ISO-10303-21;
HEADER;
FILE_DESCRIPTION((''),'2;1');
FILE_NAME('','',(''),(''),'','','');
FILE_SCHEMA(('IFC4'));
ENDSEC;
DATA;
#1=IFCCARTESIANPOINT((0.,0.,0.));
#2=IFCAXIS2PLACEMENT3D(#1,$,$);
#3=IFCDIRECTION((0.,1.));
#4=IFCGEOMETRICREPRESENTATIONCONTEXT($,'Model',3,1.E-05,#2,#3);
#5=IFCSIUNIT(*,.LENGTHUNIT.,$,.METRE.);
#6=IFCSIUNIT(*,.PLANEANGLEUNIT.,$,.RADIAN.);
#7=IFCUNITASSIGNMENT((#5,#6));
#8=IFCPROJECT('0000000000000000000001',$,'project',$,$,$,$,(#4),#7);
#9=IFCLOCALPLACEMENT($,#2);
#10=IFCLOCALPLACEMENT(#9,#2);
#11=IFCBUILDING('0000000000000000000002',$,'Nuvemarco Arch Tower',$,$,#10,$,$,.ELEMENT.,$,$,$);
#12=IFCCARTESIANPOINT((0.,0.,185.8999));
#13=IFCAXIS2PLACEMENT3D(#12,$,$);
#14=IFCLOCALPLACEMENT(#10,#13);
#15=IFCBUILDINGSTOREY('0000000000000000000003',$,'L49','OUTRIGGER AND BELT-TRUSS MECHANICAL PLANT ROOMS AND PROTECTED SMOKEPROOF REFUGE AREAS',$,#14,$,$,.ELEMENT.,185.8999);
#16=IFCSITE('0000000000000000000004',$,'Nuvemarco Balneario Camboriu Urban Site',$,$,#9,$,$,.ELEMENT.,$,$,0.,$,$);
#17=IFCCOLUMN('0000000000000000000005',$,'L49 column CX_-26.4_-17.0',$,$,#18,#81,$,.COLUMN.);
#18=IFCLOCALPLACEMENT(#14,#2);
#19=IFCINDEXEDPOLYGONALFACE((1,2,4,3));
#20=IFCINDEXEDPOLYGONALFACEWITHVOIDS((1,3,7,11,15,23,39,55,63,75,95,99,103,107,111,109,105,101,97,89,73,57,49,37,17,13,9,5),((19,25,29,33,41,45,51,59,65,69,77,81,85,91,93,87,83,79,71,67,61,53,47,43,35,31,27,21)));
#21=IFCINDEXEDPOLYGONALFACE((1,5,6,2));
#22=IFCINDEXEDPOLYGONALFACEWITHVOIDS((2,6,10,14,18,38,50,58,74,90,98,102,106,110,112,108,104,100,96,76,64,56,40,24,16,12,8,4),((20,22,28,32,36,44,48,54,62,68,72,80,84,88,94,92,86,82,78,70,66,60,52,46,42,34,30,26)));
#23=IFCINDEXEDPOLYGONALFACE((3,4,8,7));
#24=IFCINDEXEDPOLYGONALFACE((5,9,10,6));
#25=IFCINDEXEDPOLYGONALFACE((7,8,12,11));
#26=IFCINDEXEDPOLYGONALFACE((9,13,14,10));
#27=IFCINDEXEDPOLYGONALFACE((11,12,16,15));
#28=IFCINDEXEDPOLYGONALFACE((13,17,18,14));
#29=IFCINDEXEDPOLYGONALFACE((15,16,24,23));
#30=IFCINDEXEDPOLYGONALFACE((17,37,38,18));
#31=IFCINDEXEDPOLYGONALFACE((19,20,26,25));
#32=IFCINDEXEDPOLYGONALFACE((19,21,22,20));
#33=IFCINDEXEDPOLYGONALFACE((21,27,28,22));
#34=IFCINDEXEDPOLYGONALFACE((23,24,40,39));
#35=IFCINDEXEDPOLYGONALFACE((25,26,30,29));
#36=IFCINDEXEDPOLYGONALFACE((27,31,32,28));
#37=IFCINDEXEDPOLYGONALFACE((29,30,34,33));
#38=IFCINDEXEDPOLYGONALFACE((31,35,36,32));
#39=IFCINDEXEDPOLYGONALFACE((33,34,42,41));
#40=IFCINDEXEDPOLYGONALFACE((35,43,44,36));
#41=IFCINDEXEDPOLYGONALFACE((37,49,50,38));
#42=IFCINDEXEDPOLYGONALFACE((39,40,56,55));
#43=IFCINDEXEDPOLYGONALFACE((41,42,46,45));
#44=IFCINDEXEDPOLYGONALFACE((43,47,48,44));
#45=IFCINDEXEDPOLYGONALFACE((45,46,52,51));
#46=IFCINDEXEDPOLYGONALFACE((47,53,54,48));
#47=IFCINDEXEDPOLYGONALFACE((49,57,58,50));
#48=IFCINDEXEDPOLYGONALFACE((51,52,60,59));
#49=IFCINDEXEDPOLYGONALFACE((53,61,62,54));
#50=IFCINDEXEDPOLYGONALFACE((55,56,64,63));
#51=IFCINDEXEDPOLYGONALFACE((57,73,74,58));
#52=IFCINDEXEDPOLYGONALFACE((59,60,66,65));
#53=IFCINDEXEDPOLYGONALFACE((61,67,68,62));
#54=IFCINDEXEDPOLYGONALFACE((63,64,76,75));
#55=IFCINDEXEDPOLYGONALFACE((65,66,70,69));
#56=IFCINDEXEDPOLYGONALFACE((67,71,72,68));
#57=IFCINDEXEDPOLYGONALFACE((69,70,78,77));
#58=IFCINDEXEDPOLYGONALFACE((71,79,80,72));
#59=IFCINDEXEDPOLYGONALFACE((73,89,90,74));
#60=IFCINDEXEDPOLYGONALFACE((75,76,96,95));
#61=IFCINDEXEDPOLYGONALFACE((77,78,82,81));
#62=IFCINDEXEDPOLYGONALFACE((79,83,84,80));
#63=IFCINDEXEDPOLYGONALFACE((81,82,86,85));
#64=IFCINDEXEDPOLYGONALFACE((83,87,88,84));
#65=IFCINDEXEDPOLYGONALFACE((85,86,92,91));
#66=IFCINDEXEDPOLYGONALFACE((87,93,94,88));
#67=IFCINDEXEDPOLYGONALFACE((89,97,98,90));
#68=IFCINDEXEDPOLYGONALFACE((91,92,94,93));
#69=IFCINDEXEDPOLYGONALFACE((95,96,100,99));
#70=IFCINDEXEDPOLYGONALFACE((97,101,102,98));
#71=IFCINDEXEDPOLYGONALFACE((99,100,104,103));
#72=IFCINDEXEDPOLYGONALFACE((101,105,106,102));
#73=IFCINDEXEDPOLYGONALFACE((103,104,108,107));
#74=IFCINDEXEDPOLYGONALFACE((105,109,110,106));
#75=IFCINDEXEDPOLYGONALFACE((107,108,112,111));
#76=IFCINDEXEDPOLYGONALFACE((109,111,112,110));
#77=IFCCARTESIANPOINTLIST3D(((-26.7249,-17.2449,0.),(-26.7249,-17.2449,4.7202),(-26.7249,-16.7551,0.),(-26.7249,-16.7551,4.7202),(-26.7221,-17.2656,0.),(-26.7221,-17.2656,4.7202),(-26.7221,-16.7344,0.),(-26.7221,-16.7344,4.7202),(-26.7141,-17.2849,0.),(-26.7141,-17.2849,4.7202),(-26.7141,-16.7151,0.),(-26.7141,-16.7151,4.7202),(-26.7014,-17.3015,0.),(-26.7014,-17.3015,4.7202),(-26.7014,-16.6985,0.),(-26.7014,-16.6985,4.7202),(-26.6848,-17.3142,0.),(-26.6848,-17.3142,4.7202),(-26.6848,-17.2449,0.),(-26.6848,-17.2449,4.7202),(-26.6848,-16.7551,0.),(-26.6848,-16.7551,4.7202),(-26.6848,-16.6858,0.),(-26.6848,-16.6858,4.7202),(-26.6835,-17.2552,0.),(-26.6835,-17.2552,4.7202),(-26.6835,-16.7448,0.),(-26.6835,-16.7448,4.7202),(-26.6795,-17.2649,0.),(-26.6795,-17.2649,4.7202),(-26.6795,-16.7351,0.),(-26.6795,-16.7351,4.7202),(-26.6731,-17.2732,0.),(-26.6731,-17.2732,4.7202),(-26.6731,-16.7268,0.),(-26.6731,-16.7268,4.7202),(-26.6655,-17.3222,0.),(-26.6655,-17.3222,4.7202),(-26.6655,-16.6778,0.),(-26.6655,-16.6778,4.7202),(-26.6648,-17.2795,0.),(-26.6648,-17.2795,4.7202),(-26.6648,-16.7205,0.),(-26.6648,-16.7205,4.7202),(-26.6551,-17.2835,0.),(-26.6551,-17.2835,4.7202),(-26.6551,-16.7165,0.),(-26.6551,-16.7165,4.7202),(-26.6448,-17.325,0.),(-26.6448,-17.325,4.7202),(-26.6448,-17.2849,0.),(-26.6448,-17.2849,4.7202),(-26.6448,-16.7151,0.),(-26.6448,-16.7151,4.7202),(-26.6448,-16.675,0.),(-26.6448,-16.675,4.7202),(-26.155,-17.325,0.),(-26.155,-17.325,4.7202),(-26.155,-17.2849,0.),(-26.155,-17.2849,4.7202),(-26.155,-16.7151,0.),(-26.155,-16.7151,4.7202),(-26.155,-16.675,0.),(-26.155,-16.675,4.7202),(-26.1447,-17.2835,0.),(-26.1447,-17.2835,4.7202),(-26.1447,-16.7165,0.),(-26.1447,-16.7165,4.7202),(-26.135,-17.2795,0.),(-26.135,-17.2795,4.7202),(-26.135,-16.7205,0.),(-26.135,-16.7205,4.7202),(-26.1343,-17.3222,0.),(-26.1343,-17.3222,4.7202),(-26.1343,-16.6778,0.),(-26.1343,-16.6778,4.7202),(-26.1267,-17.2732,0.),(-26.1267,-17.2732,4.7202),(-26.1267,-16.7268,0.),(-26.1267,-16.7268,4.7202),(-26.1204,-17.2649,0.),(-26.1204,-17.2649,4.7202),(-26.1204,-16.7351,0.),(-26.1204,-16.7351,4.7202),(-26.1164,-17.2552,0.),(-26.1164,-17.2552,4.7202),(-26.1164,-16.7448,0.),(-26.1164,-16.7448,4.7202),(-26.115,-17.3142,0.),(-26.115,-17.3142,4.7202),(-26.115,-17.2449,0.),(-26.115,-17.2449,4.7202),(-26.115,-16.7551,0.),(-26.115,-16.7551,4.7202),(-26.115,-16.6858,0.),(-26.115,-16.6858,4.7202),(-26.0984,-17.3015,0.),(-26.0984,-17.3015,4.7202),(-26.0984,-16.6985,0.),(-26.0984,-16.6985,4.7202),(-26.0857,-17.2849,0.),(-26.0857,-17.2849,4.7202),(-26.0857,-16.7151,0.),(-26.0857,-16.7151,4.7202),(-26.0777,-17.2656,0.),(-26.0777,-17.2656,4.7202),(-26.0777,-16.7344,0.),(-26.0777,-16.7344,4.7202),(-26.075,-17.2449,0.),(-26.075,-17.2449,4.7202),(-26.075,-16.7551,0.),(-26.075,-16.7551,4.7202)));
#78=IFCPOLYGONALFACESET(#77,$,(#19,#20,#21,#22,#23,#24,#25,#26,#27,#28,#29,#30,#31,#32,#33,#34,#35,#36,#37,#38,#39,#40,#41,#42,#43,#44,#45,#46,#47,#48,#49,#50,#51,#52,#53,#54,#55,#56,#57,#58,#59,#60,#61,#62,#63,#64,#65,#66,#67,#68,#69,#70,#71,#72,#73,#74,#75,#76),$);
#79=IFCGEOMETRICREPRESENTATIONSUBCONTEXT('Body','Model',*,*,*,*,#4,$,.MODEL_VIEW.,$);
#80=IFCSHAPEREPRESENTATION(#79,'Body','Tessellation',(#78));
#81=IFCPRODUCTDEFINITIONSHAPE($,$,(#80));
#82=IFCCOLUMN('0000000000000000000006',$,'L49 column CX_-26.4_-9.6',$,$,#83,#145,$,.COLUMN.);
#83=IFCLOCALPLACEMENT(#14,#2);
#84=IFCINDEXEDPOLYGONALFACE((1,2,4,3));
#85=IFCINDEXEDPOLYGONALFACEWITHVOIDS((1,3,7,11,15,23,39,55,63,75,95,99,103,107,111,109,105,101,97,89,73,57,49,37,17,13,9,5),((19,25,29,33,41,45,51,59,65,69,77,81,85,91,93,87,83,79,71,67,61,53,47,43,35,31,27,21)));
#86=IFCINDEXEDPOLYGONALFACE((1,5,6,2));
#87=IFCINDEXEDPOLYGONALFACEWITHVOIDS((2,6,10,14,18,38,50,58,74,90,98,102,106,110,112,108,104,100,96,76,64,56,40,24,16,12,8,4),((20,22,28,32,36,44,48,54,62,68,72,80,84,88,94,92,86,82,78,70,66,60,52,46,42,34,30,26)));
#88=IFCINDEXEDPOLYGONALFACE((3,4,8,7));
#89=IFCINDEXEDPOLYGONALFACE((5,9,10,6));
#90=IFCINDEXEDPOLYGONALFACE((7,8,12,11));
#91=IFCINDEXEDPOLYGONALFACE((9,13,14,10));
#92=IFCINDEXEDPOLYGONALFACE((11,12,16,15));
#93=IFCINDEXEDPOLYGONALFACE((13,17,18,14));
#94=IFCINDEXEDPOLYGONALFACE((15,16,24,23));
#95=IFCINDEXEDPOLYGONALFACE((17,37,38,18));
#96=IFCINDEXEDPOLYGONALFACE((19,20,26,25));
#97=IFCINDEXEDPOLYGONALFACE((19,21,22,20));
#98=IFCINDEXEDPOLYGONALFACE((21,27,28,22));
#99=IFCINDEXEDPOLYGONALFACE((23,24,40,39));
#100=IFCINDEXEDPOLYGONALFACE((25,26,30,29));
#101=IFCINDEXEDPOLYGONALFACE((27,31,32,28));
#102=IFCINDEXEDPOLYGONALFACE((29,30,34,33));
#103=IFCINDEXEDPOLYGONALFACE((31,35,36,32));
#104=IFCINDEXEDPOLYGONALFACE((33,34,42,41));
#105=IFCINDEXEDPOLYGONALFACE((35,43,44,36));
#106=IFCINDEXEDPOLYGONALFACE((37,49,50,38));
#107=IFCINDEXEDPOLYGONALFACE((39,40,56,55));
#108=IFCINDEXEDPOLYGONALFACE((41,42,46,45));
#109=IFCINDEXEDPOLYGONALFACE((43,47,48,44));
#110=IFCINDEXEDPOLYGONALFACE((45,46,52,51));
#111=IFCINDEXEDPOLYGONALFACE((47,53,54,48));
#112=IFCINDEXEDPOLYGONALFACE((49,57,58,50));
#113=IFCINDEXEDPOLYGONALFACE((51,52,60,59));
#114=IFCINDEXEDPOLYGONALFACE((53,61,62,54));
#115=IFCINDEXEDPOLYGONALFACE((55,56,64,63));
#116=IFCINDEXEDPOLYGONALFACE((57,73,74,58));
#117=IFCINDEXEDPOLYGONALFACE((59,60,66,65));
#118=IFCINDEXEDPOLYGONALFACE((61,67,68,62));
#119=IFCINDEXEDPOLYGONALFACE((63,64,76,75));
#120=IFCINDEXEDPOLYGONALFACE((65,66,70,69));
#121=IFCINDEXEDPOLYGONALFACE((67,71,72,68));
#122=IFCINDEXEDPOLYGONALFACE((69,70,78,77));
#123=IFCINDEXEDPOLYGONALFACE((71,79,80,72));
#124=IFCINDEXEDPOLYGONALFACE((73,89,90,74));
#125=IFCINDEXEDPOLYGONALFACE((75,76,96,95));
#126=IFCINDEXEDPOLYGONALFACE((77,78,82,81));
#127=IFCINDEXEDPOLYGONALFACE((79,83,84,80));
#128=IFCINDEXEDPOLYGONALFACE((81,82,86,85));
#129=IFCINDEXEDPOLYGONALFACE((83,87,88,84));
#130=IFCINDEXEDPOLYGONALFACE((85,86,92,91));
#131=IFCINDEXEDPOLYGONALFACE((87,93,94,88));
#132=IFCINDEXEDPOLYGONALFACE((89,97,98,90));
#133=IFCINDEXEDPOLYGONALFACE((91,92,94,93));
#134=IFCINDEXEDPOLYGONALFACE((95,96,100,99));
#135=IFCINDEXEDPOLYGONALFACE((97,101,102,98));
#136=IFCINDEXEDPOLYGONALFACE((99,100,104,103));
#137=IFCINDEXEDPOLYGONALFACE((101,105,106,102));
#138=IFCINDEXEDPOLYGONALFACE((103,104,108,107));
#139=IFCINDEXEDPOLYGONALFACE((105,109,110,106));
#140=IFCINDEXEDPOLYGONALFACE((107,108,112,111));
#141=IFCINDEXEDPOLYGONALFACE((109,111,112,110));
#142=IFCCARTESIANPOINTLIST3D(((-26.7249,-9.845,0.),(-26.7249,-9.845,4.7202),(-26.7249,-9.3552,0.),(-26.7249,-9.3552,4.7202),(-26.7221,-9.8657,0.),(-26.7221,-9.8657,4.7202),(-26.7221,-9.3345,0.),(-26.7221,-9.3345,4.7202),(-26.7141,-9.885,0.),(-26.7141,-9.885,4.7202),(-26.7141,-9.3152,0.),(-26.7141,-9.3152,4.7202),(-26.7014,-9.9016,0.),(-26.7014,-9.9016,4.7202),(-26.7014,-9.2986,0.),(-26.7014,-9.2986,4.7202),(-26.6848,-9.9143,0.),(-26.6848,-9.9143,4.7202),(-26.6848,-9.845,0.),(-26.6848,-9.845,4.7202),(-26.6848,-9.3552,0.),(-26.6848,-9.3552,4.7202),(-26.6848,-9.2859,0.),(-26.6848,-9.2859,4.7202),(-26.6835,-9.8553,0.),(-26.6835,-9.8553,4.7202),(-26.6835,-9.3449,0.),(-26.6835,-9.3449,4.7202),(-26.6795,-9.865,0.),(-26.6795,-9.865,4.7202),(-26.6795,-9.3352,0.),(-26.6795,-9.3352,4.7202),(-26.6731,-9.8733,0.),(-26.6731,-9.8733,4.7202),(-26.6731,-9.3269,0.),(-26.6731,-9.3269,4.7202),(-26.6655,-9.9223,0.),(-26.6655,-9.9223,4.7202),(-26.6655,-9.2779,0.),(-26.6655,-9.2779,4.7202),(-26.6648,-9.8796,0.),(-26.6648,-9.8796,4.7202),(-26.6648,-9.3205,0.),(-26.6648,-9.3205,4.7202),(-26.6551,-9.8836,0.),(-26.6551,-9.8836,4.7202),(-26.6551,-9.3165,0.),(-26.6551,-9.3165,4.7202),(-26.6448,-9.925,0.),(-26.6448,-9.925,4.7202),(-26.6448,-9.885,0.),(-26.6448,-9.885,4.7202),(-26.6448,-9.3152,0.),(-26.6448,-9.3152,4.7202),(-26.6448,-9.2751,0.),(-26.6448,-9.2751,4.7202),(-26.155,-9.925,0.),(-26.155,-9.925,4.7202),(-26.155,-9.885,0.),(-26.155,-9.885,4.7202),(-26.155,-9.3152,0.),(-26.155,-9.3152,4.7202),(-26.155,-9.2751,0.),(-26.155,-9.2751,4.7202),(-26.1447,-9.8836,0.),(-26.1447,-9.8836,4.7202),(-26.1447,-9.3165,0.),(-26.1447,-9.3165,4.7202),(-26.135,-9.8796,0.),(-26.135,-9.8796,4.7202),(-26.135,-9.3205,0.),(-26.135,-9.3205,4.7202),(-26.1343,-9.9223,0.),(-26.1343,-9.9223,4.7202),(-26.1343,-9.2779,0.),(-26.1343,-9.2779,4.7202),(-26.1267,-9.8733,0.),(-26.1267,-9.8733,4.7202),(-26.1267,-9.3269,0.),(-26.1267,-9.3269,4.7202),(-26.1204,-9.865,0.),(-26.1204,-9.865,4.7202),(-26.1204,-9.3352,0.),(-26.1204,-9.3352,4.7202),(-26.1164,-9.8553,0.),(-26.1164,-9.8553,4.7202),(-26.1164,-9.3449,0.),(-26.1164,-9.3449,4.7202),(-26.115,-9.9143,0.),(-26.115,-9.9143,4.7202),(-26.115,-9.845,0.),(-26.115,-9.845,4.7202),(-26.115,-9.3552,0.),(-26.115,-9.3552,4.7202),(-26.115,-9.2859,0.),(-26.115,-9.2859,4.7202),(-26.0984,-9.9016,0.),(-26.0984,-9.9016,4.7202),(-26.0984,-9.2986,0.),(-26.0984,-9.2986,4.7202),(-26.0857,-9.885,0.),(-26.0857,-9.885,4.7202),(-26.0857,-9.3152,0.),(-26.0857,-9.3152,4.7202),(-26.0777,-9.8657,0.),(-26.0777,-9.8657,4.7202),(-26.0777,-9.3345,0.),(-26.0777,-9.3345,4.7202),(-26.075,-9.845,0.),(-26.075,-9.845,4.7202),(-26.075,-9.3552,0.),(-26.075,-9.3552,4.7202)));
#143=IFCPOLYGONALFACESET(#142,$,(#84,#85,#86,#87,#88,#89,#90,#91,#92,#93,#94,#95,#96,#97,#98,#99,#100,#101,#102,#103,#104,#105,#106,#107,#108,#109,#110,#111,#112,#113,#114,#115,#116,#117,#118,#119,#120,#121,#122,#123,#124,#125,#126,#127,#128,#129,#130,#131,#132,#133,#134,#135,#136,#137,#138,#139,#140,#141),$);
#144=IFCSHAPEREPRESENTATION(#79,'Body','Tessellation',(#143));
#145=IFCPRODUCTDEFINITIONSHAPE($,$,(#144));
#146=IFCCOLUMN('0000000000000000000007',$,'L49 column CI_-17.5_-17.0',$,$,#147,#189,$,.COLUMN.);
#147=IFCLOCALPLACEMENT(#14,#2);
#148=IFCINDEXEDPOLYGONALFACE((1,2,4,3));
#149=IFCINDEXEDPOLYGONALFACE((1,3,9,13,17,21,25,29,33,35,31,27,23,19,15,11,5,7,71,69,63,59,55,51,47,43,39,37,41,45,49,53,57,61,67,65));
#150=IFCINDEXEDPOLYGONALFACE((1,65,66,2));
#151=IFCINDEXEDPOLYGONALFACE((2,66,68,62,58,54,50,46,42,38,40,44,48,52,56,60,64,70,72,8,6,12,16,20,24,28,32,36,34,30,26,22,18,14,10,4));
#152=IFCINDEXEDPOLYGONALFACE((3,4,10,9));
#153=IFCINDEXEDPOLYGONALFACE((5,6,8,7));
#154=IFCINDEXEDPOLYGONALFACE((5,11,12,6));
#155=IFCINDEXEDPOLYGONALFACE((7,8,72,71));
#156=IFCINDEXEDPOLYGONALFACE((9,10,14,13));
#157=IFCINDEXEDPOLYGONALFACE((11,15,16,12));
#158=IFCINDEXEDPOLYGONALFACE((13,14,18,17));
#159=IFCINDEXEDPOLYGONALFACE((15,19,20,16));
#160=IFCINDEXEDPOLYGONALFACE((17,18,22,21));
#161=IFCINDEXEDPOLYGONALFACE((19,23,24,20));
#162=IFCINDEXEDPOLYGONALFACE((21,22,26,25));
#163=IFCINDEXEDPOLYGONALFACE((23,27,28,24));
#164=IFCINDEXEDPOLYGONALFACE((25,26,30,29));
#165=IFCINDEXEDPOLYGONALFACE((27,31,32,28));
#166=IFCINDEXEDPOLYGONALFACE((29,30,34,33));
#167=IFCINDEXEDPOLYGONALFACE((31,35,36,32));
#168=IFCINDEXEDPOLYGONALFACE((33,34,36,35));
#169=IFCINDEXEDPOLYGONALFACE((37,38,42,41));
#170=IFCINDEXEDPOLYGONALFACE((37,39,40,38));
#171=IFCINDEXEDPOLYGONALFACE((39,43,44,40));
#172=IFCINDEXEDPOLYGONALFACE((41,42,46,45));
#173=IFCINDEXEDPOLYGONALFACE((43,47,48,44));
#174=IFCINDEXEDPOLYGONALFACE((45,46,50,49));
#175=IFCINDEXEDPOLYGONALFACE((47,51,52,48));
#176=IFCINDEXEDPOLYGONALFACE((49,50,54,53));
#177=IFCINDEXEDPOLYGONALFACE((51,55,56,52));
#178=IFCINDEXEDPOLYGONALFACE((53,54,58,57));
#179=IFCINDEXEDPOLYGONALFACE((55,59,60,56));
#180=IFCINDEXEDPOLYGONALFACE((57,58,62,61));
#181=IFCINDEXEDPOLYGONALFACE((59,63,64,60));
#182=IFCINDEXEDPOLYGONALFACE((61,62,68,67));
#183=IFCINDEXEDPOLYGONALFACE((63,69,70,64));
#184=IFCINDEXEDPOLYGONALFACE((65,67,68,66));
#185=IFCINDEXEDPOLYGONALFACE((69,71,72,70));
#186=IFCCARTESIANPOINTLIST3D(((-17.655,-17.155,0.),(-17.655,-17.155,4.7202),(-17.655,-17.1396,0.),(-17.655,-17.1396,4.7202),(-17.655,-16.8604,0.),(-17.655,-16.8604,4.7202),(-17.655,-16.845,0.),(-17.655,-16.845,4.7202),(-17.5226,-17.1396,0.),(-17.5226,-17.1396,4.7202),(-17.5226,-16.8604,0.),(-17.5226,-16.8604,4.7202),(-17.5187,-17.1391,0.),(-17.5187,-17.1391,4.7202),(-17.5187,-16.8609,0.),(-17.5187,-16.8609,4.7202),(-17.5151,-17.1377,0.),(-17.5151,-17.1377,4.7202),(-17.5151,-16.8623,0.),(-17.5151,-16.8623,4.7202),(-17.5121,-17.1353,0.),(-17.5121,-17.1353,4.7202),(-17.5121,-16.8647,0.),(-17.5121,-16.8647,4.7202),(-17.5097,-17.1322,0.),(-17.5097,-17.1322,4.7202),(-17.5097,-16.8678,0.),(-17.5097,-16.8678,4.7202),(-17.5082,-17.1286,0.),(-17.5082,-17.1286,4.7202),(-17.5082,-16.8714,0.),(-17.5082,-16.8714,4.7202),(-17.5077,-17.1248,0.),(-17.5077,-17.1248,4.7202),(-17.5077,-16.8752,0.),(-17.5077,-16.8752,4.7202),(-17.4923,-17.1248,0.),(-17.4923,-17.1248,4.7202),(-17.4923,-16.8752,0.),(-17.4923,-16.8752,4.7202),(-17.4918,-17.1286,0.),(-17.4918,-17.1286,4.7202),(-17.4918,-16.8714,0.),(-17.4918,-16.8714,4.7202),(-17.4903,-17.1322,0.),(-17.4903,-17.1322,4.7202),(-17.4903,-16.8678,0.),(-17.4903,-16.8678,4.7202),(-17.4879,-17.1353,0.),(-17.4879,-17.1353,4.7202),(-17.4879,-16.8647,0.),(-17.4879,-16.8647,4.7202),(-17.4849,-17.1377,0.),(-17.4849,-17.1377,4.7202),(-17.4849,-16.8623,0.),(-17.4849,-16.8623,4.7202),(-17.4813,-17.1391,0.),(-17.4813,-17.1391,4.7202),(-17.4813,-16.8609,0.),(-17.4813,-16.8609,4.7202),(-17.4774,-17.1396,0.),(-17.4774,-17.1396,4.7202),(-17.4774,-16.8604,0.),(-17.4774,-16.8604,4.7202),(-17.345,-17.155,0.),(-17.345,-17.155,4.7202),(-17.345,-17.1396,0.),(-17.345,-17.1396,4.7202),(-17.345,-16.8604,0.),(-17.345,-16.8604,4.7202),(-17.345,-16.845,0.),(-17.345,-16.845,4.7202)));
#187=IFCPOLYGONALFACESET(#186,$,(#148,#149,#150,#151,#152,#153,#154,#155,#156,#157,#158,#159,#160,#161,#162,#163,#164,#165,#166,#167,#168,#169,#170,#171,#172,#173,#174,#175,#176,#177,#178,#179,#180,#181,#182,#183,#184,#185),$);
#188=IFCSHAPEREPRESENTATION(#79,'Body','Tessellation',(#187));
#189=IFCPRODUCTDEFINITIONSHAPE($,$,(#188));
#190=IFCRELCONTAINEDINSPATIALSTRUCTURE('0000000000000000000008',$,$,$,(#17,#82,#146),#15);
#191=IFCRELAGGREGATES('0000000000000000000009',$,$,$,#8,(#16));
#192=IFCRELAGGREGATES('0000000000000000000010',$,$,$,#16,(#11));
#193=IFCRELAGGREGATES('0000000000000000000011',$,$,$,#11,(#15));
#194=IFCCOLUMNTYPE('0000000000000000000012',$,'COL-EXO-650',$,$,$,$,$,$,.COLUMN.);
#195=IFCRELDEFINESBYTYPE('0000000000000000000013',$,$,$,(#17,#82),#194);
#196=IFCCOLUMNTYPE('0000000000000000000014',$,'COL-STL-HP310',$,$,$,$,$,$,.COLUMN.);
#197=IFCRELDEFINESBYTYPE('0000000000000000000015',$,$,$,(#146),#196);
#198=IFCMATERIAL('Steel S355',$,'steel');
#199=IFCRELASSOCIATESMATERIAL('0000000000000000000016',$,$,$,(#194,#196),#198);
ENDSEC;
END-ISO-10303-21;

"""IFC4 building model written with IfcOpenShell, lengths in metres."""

from ifc_helpers import new_model, si_unit, direction, frame, origin, origin_2d, place, context, subcontext, project, spatial, hollow_rectangle, i_section, extrude, material, material_profile, profile_set, type_object, element, save


model = new_model("IFC4")

# Units and contexts
model_context = context("Model", 3, precision=1e-05, world=origin(), true_north=direction((0.0, 1.0)))
body_context = subcontext(model_context, "Body", "Model", "MODEL_VIEW")
ifc_project = project(units=[si_unit("LENGTHUNIT", "METRE"), si_unit("PLANEANGLEUNIT", "RADIAN")], contexts=[model_context])

# Site, building, storey
site_placement = place(None, origin())
site = spatial("IfcSite", under=ifc_project, at=site_placement, Name="Nuvemarco Balneario Camboriu Urban Site", CompositionType="ELEMENT", RefElevation=0.0)
building_placement = place(site_placement, origin())
building = spatial("IfcBuilding", under=site, at=building_placement, Name="Nuvemarco Arch Tower", CompositionType="ELEMENT")
storey_placement = place(building_placement, frame((0.0, 0.0, 185.8999)))
storey = spatial("IfcBuildingStorey", under=building, at=storey_placement, Name="L49", Description="OUTRIGGER AND BELT-TRUSS MECHANICAL PLANT ROOMS AND PROTECTED SMOKEPROOF REFUGE AREAS", CompositionType="ELEMENT", Elevation=185.8999)

# Columns
ifc_material_1 = material(Name="Steel S355", Category="steel")
ifc_material_profile_1 = material_profile(ifc_material_1, hollow_rectangle(XDim=0.6499, YDim=0.6499, WallThickness=0.04, InnerFilletRadius=0.04, OuterFilletRadius=0.0801, at=origin_2d()), Name="SHS650x650x40")
ifc_profile_set_1 = profile_set([ifc_material_profile_1], Name="Steel S355")
column_type_1 = type_object("IfcColumnType", Name="COL-EXO-650", PredefinedType="COLUMN", material=ifc_profile_set_1)
for number, where, z_axis, x_axis, name in (
    (1, (-26.3999, -17.0, 0.0), (0.0, 0.0, 1.0), (1.0, 0.0, 0.0), "L49 column CX_-26.4_-17.0"),
    (2, (-26.3999, -9.6001, 0.0), (0.0, 0.0, 1.0), (1.0, 0.0, 0.0), "L49 column CX_-26.4_-9.6"),
):
    element("IfcColumn", number, at=place(storey_placement, frame(where, z_axis=z_axis, x_axis=x_axis)), inside=storey, type_object=column_type_1, Name=name, PredefinedType="COLUMN", context=body_context, shape_type="SweptSolid", body=[
        extrude(hollow_rectangle(XDim=0.6499, YDim=0.6499, WallThickness=0.04, InnerFilletRadius=0.04, OuterFilletRadius=0.0801, at=origin_2d()), origin(), (0.0, 0.0, 1.0), 4.7202),
    ])
ifc_material_profile_2 = material_profile(ifc_material_1, i_section(OverallWidth=0.3101, OverallDepth=0.3101, WebThickness=0.0154, FlangeThickness=0.0154, FilletRadius=0.0149, at=origin_2d()), Name="HP310x110")
ifc_profile_set_2 = profile_set([ifc_material_profile_2], Name="Steel S355")
column_type_2 = type_object("IfcColumnType", Name="COL-STL-HP310", PredefinedType="COLUMN", material=ifc_profile_set_2)
column_placement = place(storey_placement, frame((-17.5, -17.0, 0.0), z_axis=(0.0, 0.0, 1.0), x_axis=(1.0, 0.0, 0.0)))
element("IfcColumn", 3, at=column_placement, inside=storey, type_object=column_type_2, Name="L49 column CI_-17.5_-17.0", PredefinedType="COLUMN", context=body_context, shape_type="SweptSolid", body=[
    extrude(i_section(OverallWidth=0.3101, OverallDepth=0.3101, WebThickness=0.0154, FlangeThickness=0.0154, FilletRadius=0.0149, at=origin_2d()), origin(), (0.0, 0.0, 1.0), 4.7202),
])

save(model, "model.ifc")
